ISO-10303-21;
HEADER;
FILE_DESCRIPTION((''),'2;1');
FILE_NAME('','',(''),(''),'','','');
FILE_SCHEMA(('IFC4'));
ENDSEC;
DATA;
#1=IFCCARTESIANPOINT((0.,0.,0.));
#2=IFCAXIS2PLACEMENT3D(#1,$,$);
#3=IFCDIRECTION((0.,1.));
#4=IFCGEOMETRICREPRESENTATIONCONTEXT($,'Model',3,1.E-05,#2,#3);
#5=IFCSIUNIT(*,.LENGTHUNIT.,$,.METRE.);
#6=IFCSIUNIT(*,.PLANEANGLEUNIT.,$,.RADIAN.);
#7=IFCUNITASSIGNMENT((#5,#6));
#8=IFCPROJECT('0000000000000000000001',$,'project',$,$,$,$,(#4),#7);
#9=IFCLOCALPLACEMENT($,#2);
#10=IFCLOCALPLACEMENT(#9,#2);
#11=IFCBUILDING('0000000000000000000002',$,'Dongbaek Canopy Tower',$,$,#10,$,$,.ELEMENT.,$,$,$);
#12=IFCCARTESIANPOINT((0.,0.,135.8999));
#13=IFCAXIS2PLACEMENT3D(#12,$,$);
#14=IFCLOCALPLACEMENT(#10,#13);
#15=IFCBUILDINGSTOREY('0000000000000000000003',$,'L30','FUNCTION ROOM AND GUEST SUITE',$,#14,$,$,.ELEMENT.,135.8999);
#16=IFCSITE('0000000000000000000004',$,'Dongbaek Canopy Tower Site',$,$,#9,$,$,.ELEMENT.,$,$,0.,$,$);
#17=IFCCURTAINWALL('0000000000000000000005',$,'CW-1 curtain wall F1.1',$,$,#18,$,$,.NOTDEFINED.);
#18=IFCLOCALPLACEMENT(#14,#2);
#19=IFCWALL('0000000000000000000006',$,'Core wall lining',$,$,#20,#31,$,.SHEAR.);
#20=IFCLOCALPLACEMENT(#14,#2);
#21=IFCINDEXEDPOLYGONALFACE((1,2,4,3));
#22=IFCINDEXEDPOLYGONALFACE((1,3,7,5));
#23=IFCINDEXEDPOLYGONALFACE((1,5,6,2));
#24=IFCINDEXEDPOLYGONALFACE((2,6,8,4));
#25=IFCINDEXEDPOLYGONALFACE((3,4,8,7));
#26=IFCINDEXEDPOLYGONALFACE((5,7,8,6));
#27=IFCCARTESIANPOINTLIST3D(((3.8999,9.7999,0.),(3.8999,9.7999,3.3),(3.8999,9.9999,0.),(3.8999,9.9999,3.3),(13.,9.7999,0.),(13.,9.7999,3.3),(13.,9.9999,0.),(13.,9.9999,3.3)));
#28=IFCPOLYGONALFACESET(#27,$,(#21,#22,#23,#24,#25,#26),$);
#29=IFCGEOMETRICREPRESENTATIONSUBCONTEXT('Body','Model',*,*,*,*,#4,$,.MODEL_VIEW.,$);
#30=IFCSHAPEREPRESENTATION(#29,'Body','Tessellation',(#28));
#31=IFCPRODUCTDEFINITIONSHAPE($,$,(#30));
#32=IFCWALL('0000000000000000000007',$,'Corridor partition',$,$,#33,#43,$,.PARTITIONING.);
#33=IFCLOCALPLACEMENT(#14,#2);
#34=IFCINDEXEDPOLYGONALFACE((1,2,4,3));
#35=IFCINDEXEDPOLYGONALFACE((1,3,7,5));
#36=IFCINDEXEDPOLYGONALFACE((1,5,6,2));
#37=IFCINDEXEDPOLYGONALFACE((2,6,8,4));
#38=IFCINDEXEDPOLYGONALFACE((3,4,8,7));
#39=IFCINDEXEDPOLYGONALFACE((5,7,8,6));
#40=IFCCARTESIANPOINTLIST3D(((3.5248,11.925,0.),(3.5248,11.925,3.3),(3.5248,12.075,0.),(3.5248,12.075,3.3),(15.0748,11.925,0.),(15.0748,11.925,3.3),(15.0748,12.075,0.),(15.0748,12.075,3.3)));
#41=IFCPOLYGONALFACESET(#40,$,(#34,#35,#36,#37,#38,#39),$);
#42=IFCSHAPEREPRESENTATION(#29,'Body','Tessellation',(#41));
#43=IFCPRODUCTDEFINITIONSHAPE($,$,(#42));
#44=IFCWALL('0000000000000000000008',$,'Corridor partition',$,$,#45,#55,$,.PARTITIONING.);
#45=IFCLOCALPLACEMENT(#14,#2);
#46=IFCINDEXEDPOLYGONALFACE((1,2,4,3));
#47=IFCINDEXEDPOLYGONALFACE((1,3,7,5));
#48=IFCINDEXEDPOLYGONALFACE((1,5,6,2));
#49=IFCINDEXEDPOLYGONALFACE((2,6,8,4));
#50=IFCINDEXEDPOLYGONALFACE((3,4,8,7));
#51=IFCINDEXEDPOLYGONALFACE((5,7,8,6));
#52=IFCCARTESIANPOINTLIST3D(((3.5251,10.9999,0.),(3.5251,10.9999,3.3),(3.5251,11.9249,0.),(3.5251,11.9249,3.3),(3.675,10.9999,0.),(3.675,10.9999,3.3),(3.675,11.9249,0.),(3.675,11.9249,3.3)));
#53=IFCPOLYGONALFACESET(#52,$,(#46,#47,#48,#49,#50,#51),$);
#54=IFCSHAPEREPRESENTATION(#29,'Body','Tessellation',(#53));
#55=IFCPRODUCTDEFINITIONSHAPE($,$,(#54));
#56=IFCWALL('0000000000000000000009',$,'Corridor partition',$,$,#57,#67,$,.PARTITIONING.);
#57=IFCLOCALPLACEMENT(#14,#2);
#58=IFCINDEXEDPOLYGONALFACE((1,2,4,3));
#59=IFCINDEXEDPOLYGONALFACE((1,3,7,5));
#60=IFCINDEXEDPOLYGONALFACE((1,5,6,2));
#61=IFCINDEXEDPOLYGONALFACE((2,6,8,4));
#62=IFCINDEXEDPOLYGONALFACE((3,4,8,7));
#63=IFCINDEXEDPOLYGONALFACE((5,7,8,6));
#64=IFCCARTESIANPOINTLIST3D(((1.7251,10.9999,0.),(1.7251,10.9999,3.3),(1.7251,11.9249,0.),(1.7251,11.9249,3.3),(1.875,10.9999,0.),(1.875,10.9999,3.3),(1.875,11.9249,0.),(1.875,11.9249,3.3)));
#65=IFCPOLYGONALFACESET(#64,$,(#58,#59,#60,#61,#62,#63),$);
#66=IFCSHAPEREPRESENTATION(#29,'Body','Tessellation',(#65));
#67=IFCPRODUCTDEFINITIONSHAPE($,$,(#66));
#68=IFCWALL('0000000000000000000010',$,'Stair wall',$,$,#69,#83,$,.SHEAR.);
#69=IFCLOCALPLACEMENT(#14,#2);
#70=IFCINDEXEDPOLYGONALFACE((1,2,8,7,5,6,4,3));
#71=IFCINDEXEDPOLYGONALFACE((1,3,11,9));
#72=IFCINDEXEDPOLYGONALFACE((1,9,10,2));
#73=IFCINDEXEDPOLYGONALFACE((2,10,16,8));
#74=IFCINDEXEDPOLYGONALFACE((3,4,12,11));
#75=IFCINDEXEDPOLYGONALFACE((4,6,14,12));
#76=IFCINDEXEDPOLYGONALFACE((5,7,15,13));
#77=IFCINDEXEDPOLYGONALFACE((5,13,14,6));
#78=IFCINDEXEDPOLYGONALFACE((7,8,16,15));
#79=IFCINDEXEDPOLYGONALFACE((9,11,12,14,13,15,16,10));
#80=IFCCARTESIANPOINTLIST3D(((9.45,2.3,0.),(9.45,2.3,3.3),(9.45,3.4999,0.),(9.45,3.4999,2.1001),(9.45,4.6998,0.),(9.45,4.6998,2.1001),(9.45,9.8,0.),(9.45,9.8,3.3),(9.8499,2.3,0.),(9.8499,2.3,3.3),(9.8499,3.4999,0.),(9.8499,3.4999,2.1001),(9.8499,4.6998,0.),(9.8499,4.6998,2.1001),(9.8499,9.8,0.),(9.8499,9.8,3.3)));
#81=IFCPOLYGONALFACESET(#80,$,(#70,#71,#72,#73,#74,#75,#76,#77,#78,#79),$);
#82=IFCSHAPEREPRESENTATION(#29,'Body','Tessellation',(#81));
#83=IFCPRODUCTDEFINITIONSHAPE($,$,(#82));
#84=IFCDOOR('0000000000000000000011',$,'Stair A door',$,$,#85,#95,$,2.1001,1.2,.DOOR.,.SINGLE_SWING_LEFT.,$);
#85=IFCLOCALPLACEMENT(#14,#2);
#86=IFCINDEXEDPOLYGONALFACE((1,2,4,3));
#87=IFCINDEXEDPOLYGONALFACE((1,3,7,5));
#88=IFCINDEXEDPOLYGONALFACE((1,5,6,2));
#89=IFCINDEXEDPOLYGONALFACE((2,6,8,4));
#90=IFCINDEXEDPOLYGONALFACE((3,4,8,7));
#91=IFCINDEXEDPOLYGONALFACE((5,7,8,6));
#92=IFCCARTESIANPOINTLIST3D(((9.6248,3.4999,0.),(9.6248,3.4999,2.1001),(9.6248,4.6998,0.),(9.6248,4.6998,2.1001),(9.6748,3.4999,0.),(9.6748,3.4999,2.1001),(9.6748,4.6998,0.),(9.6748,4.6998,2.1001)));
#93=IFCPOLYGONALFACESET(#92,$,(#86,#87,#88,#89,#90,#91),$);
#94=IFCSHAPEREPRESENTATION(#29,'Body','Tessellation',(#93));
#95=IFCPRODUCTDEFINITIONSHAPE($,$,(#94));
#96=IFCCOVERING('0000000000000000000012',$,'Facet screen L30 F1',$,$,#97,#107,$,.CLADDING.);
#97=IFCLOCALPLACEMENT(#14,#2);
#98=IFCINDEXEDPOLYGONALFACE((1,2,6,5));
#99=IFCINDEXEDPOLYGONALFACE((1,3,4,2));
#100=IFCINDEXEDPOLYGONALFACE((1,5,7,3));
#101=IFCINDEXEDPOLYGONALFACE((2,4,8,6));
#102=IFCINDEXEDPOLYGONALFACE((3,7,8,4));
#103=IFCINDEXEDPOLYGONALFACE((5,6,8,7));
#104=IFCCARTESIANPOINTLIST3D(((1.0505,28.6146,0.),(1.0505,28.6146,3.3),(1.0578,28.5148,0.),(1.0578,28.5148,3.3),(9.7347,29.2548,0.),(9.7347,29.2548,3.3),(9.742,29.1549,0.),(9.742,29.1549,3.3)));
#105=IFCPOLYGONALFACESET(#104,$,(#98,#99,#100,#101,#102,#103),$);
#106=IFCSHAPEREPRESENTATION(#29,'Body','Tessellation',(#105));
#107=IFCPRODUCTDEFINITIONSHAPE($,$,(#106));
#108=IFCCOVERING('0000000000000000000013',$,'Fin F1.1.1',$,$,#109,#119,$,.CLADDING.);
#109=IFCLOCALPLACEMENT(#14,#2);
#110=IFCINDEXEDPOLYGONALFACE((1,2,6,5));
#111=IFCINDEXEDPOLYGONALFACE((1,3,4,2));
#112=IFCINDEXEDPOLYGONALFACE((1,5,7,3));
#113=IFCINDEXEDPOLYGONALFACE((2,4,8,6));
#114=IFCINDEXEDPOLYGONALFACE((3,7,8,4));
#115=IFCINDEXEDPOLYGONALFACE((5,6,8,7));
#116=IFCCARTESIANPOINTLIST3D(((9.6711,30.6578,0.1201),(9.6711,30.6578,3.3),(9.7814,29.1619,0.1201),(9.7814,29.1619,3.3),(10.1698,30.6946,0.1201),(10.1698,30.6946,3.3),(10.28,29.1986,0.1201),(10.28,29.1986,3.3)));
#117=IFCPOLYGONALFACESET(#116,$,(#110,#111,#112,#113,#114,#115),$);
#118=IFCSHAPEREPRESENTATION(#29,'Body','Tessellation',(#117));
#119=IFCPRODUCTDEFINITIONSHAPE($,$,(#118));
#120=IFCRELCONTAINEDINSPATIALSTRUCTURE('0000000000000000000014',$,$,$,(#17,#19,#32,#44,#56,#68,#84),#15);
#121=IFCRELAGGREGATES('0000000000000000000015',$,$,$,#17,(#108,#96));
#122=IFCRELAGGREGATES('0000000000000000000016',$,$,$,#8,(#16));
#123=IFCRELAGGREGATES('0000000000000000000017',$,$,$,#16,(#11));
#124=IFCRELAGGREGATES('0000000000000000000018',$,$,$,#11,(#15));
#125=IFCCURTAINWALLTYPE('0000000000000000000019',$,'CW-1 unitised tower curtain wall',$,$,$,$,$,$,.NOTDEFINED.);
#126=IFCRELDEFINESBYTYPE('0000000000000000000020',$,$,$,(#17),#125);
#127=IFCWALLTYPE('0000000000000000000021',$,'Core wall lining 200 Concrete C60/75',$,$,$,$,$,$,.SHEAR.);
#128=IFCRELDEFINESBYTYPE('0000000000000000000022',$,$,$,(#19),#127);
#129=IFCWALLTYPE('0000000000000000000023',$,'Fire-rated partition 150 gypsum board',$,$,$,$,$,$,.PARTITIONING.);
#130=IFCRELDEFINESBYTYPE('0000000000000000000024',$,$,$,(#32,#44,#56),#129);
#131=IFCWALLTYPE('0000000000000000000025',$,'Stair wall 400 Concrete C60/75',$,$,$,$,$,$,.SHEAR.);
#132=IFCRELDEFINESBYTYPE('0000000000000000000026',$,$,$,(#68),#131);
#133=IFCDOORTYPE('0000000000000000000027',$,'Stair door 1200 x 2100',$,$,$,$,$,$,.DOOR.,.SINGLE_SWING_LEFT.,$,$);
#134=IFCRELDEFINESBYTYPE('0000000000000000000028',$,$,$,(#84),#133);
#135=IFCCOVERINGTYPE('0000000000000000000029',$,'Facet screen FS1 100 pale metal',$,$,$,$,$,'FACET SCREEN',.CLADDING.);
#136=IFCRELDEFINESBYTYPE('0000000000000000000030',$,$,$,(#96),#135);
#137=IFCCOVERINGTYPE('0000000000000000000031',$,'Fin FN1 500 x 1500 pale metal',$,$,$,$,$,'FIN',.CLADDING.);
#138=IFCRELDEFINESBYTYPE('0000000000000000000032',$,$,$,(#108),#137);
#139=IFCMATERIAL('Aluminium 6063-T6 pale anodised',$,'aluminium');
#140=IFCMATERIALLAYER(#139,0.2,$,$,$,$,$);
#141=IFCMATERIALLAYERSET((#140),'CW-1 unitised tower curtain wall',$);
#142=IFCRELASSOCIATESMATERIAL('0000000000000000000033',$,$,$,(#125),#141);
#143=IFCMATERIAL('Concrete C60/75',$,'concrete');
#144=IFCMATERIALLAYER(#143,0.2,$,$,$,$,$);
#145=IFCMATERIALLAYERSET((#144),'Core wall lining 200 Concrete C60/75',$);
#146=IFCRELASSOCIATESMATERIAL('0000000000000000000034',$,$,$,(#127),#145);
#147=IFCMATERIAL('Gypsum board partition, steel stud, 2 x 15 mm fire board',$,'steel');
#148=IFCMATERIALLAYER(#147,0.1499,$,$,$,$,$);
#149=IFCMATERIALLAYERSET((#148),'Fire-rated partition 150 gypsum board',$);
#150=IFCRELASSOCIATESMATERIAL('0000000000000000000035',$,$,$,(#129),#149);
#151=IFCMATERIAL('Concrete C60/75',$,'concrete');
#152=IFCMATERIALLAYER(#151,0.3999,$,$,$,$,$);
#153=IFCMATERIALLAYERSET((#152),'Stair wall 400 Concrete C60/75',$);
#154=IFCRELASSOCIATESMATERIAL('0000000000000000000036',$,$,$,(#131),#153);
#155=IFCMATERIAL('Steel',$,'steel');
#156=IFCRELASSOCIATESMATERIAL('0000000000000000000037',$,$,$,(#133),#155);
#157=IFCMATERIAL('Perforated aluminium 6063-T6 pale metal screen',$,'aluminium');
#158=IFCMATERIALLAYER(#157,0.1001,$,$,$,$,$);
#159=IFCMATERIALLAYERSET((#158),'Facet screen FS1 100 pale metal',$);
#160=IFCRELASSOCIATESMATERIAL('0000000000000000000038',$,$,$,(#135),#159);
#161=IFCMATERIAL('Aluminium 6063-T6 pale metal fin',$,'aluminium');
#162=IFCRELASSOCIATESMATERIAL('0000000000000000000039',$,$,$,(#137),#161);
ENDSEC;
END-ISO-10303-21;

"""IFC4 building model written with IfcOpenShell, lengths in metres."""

from ifc_helpers import new_model, si_unit, direction, frame, frame_2d, origin, origin_2d, place, context, subcontext, project, spatial, rectangle, extrude, material, layer, layer_set, material_profile, profile_set, type_object, element, fill, aggregate, save


model = new_model("IFC4")

# Units and contexts
model_context = context("Model", 3, precision=1e-05, world=origin(), true_north=direction((0.0, 1.0)))
body_context = subcontext(model_context, "Body", "Model", "MODEL_VIEW")
ifc_project = project(units=[si_unit("LENGTHUNIT", "METRE"), si_unit("PLANEANGLEUNIT", "RADIAN")], contexts=[model_context])

# Site, building, storey
site_placement = place(None, origin())
site = spatial("IfcSite", under=ifc_project, at=site_placement, Name="Dongbaek Canopy Tower Site", CompositionType="ELEMENT", RefElevation=0.0)
building_placement = place(site_placement, origin())
building = spatial("IfcBuilding", under=site, at=building_placement, Name="Dongbaek Canopy Tower", CompositionType="ELEMENT")
storey_placement = place(building_placement, frame((0.0, 0.0, 135.8999)))
storey = spatial("IfcBuildingStorey", under=building, at=storey_placement, Name="L30", Description="FUNCTION ROOM AND GUEST SUITE", CompositionType="ELEMENT", Elevation=135.8999)

# Curtain wall
ifc_material_1 = material(Name="Aluminium 6063-T6 pale anodised", Category="aluminium")
ifc_layer_1 = layer(ifc_material_1, 0.2)
ifc_layer_set_1 = layer_set([ifc_layer_1], Name="CW-1 unitised tower curtain wall")
curtain_wall_type = type_object("IfcCurtainWallType", Name="CW-1 unitised tower curtain wall", PredefinedType="NOTDEFINED", material=ifc_layer_set_1)
curtain_wall_1_placement = place(storey_placement, origin())
curtain_wall_1 = element("IfcCurtainWall", 1, at=curtain_wall_1_placement, inside=storey, type_object=curtain_wall_type, Name="CW-1 curtain wall F1.1", PredefinedType="NOTDEFINED")

# Walls
ifc_material_2 = material(Name="Concrete C60/75", Category="concrete")
ifc_layer_2 = layer(ifc_material_2, 0.2)
ifc_layer_set_2 = layer_set([ifc_layer_2], Name="Core wall lining 200 Concrete C60/75")
wall_type_1 = type_object("IfcWallType", Name="Core wall lining 200 Concrete C60/75", PredefinedType="SHEAR", material=ifc_layer_set_2)
wall_1_placement = place(storey_placement, frame((3.8999, 9.8999, 0.0), z_axis=(0.0, 0.0, 1.0), x_axis=(1.0, 0.0, 0.0)))
element("IfcWall", 2, at=wall_1_placement, inside=storey, type_object=wall_type_1, Name="Core wall lining", PredefinedType="SHEAR", context=body_context, shape_type="SweptSolid", body=[
    extrude(rectangle(XDim=9.1001, YDim=0.2, at=frame_2d((4.55, 0.0))), origin(), (0.0, 0.0, 1.0), 3.3),
])
ifc_material_3 = material(Name="Gypsum board partition, steel stud, 2 x 15 mm fire board", Category="steel")
ifc_layer_3 = layer(ifc_material_3, 0.1499)
ifc_layer_set_3 = layer_set([ifc_layer_3], Name="Fire-rated partition 150 gypsum board")
wall_type_2 = type_object("IfcWallType", Name="Fire-rated partition 150 gypsum board", PredefinedType="PARTITIONING", material=ifc_layer_set_3)
wall_2_placement = place(storey_placement, frame((3.5249, 12.0, 0.0), z_axis=(0.0, 0.0, 1.0), x_axis=(1.0, 0.0, 0.0)))
element("IfcWall", 3, at=wall_2_placement, inside=storey, type_object=wall_type_2, Name="Corridor partition", PredefinedType="PARTITIONING", context=body_context, shape_type="SweptSolid", body=[
    extrude(rectangle(XDim=11.55, YDim=0.1499, at=frame_2d((5.7749, 0.0))), origin(), (0.0, 0.0, 1.0), 3.3),
])
for number, where, z_axis, x_axis, name in (
    (4, (3.6001, 11.0, 0.0), (0.0, 0.0, 1.0), (0.0, 1.0, 0.0), "Corridor partition"),
    (5, (1.8, 11.0, 0.0), (0.0, 0.0, 1.0), (0.0, 1.0, 0.0), "Corridor partition"),
):
    element("IfcWall", number, at=place(storey_placement, frame(where, z_axis=z_axis, x_axis=x_axis)), inside=storey, type_object=wall_type_2, Name=name, PredefinedType="PARTITIONING", context=body_context, shape_type="SweptSolid", body=[
        extrude(rectangle(XDim=0.925, YDim=0.1499, at=frame_2d((0.4624, 0.0))), origin(), (0.0, 0.0, 1.0), 3.3),
    ])

# Wall, opening, door
ifc_material_4 = material(Name="Concrete C60/75", Category="concrete")
ifc_layer_4 = layer(ifc_material_4, 0.3999)
ifc_layer_set_4 = layer_set([ifc_layer_4], Name="Stair wall 400 Concrete C60/75")
wall_type_3 = type_object("IfcWallType", Name="Stair wall 400 Concrete C60/75", PredefinedType="SHEAR", material=ifc_layer_set_4)
wall_3_placement = place(storey_placement, frame((9.6499, 9.8, 0.0), z_axis=(0.0, 0.0, 1.0), x_axis=(0.0, -1.0, 0.0)))
wall_3 = element("IfcWall", 6, at=wall_3_placement, inside=storey, type_object=wall_type_3, Name="Stair wall", PredefinedType="SHEAR", context=body_context, shape_type="SweptSolid", body=[
    extrude(rectangle(XDim=7.5, YDim=0.3999, at=frame_2d((3.75, 0.0))), origin(), (0.0, 0.0, 1.0), 3.3),
])
opening_1_placement = place(wall_3_placement, frame((5.1001, 0.0, 0.0)))
opening_1 = element("IfcOpeningElement", 7, at=opening_1_placement, cuts=wall_3, PredefinedType="OPENING", context=body_context, shape_type="SweptSolid", body=[
    extrude(rectangle(XDim=1.2, YDim=2.1001, at=frame_2d((0.6001, 1.05))), frame((0.0, 0.21, 0.0), z_axis=(0.0, -1.0, 0.0), x_axis=(1.0, 0.0, 0.0)), (0.0, 0.0, 1.0), 0.4199),
])
ifc_material_5 = material(Name="Steel", Category="steel")
door_type_1 = type_object("IfcDoorType", Name="Stair door 1200 x 2100", OperationType="SINGLE_SWING_LEFT", PredefinedType="DOOR", material=ifc_material_5)
door_1_placement = place(opening_1_placement, origin())
door_1 = element("IfcDoor", 8, at=door_1_placement, inside=storey, type_object=door_type_1, Name="Stair A door", OperationType="SINGLE_SWING_LEFT", OverallHeight=2.1001, OverallWidth=1.2, PredefinedType="DOOR", context=body_context, shape_type="SweptSolid", body=[
    extrude(rectangle(XDim=1.2, YDim=2.1001, at=frame_2d((0.6001, 1.05))), frame((0.0, 0.0249, 0.0), z_axis=(0.0, -1.0, 0.0), x_axis=(1.0, 0.0, 0.0)), (0.0, 0.0, 1.0), 0.05),
])
fill(opening_1, door_1)

# Coverings
ifc_material_6 = material(Name="Perforated aluminium 6063-T6 pale metal screen", Category="aluminium")
ifc_layer_5 = layer(ifc_material_6, 0.1001)
ifc_layer_set_5 = layer_set([ifc_layer_5], Name="Facet screen FS1 100 pale metal")
covering_type_1 = type_object("IfcCoveringType", Name="Facet screen FS1 100 pale metal", ElementType="FACET SCREEN", PredefinedType="CLADDING", material=ifc_layer_set_5)
covering_1_placement = place(storey_placement, frame((5.3962, 28.8848, 0.0), z_axis=(0.0, 0.0, 1.0), x_axis=(-0.997294, -0.073518, 0.0)))
covering_1 = element("IfcCovering", 9, at=covering_1_placement, type_object=covering_type_1, Name="Facet screen L30 F1", PredefinedType="CLADDING", context=body_context, shape_type="SweptSolid", body=[
    extrude(rectangle(XDim=8.7078, YDim=0.1001, at=origin_2d()), origin(), (0.0, 0.0, 1.0), 3.3),
])
ifc_material_7 = material(Name="Aluminium 6063-T6 pale metal fin", Category="aluminium")
ifc_material_profile_1 = material_profile(ifc_material_7, rectangle(XDim=1.5, YDim=0.5, at=origin_2d()), Name="Fin FN1 500 x 1500 pale metal")
ifc_profile_set_1 = profile_set([ifc_material_profile_1], Name="Aluminium 6063-T6 pale metal fin")
covering_type_2 = type_object("IfcCoveringType", Name="Fin FN1 500 x 1500 pale metal", ElementType="FIN", PredefinedType="CLADDING", material=ifc_profile_set_1)
covering_2_placement = place(storey_placement, frame((9.9756, 29.9282, 0.1201), z_axis=(0.0, 0.0, 1.0), x_axis=(-0.073519, 0.997294, 0.0)))
covering_2 = element("IfcCovering", 10, at=covering_2_placement, type_object=covering_type_2, Name="Fin F1.1.1", PredefinedType="CLADDING", context=body_context, shape_type="SweptSolid", body=[
    extrude(rectangle(XDim=1.5, YDim=0.5, at=origin_2d()), origin(), (0.0, 0.0, 1.0), 3.1799),
])
aggregate(curtain_wall_1, [covering_2, covering_1])

save(model, "model.ifc")
